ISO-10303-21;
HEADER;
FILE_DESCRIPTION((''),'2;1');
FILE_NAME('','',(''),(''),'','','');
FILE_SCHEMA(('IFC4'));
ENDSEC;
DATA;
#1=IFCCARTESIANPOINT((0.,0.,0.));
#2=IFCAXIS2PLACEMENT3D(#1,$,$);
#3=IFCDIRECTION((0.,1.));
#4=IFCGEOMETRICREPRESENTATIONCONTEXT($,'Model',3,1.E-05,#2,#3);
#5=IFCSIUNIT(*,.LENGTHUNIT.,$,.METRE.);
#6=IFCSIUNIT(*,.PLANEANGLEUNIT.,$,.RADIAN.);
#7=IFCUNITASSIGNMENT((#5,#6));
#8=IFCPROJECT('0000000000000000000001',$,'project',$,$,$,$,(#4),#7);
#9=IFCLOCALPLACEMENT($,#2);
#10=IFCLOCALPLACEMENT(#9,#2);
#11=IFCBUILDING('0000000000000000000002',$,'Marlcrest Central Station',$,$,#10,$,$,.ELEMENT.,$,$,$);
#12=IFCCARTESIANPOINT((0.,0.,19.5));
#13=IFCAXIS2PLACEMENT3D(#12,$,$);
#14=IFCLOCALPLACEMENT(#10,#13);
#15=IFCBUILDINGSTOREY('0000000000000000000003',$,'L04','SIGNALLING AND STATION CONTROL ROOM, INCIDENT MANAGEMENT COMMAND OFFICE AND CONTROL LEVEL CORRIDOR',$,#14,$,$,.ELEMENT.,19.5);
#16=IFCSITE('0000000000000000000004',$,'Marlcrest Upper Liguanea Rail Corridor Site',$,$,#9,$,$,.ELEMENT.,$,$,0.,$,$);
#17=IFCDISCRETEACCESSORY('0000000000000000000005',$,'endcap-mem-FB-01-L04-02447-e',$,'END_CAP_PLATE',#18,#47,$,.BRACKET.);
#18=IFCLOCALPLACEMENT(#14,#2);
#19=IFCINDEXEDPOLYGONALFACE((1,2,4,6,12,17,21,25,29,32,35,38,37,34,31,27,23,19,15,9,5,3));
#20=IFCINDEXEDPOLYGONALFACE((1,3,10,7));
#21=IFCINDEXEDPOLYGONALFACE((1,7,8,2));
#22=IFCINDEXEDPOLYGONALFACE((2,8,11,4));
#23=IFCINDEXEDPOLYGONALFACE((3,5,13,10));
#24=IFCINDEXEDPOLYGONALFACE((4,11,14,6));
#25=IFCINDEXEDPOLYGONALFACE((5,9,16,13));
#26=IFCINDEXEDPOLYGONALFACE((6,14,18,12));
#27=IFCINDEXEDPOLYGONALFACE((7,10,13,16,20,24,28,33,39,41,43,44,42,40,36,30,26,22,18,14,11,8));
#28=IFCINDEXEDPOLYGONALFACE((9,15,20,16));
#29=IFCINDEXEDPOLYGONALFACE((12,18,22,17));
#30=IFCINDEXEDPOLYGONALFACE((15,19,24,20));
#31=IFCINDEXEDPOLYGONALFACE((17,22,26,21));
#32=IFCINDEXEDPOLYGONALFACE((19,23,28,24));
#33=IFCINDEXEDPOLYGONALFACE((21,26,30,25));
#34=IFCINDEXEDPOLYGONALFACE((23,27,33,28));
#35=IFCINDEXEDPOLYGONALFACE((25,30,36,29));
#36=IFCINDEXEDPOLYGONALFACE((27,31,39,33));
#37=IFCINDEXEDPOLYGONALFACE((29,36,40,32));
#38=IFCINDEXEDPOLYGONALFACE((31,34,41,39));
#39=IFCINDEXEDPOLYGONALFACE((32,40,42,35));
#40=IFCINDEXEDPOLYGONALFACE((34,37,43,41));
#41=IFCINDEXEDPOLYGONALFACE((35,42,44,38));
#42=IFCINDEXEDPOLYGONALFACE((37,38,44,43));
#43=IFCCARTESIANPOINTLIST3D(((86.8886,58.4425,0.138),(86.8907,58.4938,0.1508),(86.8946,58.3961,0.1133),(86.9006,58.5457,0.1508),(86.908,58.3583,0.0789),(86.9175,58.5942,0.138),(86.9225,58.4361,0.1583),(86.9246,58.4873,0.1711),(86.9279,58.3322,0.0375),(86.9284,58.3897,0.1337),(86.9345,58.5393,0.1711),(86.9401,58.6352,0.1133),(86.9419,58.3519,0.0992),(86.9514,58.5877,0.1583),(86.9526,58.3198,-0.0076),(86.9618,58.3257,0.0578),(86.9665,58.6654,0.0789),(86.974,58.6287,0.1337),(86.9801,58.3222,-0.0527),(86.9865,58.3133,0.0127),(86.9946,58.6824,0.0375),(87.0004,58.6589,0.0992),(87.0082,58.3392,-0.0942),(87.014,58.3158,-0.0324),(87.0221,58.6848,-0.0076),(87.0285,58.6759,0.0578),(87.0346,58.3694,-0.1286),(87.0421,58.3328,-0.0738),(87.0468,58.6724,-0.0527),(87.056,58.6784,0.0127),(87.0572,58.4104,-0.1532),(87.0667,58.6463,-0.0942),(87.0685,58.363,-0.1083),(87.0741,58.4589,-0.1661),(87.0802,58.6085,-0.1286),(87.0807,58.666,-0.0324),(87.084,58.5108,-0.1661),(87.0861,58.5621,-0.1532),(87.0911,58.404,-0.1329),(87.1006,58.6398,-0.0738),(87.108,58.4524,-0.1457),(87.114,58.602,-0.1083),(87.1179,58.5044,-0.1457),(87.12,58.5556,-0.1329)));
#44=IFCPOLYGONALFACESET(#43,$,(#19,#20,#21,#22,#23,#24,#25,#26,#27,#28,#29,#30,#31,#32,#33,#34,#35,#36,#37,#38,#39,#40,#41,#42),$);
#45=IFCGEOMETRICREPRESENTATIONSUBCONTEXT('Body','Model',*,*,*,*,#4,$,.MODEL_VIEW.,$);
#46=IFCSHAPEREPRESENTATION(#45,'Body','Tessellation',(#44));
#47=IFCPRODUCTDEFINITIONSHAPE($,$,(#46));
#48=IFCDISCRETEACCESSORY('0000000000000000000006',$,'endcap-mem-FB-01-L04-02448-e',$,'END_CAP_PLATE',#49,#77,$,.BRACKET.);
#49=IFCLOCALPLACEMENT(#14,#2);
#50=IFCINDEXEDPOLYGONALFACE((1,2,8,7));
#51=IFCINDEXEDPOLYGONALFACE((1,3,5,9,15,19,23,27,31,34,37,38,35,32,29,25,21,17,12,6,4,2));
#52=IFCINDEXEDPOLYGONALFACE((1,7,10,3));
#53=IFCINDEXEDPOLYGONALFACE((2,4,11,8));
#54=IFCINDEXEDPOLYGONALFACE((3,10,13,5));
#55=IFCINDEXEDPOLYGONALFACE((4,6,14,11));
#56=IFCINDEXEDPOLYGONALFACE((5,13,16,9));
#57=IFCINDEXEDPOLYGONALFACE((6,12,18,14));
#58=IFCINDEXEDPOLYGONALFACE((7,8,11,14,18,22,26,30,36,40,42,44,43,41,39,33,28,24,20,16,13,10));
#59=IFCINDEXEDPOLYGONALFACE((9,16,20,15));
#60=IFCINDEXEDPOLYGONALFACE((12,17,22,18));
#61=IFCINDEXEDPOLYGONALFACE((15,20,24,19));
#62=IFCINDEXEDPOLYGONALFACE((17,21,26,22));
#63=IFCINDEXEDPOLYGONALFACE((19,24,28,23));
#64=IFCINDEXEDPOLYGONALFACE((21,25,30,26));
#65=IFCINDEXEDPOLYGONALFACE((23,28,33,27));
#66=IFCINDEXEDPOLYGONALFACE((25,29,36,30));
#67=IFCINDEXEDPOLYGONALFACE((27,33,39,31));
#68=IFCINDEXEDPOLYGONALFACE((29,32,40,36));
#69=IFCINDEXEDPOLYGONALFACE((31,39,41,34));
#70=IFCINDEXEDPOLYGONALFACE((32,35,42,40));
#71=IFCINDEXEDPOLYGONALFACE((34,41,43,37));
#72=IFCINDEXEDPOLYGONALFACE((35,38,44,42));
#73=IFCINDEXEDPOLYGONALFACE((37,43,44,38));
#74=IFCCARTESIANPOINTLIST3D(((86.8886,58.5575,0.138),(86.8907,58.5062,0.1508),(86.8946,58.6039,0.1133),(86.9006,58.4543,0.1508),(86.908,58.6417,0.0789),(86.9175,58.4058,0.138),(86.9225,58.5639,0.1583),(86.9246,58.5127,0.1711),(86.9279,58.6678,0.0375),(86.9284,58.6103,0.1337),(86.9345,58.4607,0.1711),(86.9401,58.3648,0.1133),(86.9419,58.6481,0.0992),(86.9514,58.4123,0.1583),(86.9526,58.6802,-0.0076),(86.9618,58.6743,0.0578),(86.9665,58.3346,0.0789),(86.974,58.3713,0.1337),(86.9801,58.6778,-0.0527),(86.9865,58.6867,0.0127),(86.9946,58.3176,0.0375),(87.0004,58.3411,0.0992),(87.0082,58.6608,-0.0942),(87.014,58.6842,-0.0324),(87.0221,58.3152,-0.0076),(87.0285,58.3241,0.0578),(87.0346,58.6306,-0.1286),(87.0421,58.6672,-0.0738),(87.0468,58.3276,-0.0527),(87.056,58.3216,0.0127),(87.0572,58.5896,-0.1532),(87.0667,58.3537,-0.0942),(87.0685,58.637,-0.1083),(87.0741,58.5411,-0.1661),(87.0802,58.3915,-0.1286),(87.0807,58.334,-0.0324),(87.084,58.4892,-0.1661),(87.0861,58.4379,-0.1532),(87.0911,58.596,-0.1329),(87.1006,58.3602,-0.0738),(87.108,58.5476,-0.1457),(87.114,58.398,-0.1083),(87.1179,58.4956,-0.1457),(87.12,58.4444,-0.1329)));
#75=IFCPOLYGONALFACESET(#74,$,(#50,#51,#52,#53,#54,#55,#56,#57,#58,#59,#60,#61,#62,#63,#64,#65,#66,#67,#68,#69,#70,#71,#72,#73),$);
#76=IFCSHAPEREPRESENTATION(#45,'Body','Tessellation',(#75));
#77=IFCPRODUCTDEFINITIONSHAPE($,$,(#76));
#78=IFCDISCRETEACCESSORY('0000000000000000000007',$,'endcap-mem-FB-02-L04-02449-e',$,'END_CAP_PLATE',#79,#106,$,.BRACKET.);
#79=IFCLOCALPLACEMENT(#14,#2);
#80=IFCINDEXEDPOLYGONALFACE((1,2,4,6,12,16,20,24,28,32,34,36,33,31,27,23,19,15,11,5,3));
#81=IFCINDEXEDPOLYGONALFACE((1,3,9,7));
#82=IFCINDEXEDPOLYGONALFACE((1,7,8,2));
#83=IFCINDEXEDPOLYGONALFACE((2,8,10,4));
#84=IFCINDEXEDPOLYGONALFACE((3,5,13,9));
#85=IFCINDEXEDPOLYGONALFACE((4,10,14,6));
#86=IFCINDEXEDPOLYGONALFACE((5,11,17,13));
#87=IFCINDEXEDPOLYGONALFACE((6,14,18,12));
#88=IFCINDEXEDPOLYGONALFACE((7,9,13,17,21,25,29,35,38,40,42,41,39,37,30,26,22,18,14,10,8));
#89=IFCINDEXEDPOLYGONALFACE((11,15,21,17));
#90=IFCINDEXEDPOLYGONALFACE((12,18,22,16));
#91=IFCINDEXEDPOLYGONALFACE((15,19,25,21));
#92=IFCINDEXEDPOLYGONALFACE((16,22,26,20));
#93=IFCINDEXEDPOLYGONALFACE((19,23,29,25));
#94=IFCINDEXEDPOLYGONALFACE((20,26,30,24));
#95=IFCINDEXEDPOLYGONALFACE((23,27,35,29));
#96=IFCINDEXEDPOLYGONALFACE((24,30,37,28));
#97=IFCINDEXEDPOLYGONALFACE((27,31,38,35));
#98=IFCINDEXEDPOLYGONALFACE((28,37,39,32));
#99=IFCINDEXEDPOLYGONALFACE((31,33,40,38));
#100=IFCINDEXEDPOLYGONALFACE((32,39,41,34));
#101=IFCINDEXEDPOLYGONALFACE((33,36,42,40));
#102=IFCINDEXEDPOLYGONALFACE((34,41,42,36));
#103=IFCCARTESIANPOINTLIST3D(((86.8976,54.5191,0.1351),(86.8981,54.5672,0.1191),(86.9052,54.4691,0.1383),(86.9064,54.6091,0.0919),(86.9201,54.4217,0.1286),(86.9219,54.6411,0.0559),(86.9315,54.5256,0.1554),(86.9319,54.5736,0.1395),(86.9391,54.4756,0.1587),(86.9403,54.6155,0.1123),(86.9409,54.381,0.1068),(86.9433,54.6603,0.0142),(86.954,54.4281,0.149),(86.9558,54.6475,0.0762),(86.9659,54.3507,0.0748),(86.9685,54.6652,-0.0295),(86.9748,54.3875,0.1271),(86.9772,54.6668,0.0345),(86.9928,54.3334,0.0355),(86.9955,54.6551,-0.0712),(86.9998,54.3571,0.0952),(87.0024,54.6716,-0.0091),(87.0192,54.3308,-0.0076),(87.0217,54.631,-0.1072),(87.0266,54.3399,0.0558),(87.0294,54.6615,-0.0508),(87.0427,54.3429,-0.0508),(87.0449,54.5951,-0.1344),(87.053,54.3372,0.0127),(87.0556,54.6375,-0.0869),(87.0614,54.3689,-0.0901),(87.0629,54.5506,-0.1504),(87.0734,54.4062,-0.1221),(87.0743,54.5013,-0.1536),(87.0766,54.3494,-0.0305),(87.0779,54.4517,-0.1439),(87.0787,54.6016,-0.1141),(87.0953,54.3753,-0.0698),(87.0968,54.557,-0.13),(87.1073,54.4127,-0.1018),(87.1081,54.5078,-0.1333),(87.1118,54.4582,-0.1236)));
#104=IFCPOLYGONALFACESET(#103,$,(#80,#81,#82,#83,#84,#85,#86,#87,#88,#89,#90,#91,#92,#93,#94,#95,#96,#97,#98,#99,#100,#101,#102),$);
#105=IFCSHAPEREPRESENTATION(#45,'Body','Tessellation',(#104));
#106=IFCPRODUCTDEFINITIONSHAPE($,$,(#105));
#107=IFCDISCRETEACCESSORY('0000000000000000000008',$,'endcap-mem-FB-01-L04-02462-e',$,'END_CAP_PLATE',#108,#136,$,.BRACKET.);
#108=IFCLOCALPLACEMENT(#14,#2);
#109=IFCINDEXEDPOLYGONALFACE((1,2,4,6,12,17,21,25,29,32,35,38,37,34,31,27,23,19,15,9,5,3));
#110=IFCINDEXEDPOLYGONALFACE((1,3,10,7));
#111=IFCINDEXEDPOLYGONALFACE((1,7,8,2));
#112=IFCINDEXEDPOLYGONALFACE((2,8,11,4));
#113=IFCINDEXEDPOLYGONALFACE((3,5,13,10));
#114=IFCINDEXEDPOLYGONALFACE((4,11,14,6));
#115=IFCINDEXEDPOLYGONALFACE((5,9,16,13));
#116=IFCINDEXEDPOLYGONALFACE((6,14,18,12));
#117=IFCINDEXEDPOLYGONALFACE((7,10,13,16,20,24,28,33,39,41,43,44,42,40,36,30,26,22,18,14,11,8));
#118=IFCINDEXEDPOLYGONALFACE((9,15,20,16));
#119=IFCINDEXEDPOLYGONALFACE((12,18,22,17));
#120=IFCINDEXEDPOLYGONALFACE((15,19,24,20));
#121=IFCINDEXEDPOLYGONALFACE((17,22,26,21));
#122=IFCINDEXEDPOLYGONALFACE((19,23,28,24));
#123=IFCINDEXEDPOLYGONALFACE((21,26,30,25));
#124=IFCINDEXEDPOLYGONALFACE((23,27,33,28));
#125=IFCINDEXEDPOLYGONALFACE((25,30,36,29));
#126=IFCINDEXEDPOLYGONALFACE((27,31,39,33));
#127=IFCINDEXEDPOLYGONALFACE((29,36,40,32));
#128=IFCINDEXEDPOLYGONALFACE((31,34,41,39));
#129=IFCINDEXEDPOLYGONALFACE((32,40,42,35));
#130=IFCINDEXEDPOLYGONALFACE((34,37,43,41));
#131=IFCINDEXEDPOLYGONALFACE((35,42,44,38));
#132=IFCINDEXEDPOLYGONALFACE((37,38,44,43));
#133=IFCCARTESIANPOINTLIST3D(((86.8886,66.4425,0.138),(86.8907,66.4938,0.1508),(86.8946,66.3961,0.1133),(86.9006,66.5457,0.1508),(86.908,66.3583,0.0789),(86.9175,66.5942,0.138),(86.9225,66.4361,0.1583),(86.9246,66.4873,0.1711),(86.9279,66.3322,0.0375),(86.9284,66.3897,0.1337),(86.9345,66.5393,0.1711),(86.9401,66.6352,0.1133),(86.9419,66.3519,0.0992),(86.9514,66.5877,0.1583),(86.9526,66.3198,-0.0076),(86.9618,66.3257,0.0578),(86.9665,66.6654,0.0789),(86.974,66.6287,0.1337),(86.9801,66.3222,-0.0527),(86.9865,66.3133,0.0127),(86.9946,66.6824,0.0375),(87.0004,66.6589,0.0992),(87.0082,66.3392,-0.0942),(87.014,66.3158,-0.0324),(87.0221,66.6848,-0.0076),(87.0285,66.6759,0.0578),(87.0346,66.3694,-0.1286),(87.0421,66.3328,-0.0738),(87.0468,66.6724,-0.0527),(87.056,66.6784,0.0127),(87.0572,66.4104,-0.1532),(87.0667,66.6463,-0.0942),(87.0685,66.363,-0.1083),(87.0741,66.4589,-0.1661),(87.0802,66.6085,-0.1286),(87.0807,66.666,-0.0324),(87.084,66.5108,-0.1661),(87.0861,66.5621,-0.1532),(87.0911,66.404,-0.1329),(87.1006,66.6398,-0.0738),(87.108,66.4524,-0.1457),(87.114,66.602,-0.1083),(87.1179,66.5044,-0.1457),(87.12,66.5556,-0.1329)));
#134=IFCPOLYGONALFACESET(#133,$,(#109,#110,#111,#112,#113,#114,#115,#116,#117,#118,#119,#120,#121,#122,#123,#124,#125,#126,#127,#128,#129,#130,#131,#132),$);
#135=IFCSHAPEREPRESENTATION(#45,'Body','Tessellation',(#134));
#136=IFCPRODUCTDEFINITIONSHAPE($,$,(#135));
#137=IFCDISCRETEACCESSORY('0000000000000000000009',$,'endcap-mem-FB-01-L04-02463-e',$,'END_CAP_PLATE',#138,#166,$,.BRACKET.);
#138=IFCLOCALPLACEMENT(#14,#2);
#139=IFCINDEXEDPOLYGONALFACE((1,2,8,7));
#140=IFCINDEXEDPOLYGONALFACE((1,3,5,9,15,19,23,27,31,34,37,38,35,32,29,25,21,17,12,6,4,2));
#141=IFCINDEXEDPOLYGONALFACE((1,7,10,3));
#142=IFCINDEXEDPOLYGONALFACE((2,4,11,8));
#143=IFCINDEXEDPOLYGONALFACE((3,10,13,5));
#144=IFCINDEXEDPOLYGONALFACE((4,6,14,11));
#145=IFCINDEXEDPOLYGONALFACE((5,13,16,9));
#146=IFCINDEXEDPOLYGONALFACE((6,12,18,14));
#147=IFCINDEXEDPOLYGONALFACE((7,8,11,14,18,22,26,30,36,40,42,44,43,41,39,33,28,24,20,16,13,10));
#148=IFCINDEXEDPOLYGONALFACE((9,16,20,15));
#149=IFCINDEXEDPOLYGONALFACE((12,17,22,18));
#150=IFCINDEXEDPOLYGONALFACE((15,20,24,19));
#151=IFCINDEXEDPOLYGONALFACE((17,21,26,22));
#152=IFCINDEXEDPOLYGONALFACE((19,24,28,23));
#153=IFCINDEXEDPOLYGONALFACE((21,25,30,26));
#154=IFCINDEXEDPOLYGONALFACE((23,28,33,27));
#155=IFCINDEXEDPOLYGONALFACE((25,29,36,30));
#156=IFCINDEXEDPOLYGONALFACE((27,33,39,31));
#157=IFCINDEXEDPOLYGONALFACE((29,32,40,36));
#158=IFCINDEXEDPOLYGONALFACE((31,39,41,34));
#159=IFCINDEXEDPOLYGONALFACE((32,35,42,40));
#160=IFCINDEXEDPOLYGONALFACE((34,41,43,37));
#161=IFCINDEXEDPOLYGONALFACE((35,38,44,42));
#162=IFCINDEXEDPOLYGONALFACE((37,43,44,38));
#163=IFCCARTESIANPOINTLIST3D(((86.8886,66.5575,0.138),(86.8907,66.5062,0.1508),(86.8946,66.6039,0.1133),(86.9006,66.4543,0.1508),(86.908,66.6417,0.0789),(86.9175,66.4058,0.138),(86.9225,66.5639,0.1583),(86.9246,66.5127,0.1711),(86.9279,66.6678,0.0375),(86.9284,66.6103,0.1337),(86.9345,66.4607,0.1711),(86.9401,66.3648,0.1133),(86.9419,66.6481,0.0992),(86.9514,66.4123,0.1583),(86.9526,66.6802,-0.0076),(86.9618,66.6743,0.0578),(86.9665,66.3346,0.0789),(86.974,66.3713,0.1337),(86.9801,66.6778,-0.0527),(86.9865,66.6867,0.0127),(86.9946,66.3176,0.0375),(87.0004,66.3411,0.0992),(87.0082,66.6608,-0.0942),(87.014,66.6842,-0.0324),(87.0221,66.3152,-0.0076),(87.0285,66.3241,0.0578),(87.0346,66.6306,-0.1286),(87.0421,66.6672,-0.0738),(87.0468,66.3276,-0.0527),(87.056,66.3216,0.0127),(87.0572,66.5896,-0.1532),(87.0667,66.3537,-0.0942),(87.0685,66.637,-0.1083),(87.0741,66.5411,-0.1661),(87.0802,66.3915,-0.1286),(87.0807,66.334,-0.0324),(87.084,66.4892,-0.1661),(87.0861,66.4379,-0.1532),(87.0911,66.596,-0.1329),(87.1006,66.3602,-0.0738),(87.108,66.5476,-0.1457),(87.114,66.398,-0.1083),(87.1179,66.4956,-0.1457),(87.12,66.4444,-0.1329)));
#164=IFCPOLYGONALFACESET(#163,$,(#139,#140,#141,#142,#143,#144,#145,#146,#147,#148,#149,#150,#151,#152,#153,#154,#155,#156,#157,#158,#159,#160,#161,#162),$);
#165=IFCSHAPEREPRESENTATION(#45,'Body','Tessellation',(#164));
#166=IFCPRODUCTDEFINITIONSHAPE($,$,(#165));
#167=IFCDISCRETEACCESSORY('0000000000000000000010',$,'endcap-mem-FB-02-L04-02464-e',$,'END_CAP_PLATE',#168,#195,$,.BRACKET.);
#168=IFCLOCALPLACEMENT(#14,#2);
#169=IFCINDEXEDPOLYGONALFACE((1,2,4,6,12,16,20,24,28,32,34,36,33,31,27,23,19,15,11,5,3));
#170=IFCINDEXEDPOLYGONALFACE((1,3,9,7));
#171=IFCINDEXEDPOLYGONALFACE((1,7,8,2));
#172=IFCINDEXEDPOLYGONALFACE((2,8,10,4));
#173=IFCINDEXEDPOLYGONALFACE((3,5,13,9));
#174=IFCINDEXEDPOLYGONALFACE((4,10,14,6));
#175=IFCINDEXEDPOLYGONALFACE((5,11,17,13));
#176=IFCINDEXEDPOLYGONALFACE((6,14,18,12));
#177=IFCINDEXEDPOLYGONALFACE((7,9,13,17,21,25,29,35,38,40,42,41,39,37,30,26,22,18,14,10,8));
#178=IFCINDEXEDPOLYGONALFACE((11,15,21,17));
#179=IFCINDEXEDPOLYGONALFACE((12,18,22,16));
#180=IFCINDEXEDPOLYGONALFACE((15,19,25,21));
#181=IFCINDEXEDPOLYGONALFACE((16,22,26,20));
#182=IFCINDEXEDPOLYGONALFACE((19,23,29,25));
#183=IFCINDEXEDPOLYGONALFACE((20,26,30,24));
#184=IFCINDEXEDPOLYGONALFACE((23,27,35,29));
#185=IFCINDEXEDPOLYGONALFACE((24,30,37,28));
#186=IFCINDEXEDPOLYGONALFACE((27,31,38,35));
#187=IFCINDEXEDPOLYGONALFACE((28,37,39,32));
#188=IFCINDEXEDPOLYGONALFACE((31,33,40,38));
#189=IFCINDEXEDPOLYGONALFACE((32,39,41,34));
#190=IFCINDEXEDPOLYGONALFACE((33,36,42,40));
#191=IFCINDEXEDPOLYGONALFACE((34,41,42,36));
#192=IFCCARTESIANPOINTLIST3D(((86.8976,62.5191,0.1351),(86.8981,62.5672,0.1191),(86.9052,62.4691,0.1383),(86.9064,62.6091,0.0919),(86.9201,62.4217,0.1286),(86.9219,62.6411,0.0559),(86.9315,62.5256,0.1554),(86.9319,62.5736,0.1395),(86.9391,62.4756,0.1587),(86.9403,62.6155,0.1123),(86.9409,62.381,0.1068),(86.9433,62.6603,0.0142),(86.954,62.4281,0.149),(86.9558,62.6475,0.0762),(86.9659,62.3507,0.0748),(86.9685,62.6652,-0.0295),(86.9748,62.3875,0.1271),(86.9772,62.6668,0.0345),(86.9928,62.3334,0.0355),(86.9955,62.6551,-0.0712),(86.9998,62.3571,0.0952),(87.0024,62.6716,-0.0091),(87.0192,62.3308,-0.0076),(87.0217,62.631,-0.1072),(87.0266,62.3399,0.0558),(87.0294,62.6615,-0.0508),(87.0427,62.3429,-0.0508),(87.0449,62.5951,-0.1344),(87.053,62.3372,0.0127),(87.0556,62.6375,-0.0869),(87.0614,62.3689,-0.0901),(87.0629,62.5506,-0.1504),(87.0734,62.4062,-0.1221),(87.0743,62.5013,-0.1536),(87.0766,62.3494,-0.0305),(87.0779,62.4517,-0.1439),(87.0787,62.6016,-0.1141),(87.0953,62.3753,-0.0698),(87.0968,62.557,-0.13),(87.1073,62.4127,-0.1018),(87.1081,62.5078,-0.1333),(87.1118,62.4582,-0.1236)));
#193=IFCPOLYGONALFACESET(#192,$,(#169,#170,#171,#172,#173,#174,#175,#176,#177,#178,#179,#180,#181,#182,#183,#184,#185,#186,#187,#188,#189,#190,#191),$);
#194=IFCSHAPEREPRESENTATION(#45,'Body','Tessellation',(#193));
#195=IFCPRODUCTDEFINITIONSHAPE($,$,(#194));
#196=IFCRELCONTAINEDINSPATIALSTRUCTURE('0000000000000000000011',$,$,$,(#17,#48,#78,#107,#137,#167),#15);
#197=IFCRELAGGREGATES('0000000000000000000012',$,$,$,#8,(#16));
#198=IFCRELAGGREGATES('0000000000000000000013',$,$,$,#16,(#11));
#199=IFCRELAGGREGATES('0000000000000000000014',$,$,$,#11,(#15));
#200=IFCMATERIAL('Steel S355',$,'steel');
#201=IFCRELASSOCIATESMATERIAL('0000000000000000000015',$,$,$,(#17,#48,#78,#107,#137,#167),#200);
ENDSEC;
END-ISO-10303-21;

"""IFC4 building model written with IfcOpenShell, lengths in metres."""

from ifc_helpers import new_model, si_unit, direction, frame, origin, origin_2d, place, context, subcontext, project, spatial, circle, extrude, material, element, save


model = new_model("IFC4")

# Units and contexts
model_context = context("Model", 3, precision=1e-05, world=origin(), true_north=direction((0.0, 1.0)))
body_context = subcontext(model_context, "Body", "Model", "MODEL_VIEW")
ifc_project = project(units=[si_unit("LENGTHUNIT", "METRE"), si_unit("PLANEANGLEUNIT", "RADIAN")], contexts=[model_context])

# Site, building, storey
site_placement = place(None, origin())
site = spatial("IfcSite", under=ifc_project, at=site_placement, Name="Marlcrest Upper Liguanea Rail Corridor Site", CompositionType="ELEMENT", RefElevation=0.0)
building_placement = place(site_placement, origin())
building = spatial("IfcBuilding", under=site, at=building_placement, Name="Marlcrest Central Station", CompositionType="ELEMENT")
storey_placement = place(building_placement, frame((0.0, 0.0, 19.5)))
storey = spatial("IfcBuildingStorey", under=building, at=storey_placement, Name="L04", Description="SIGNALLING AND STATION CONTROL ROOM, INCIDENT MANAGEMENT COMMAND OFFICE AND CONTROL LEVEL CORRIDOR", CompositionType="ELEMENT", Elevation=19.5)

# Shared definitions
ifc_material_1 = material(Name="Steel S355", Category="steel")

# Discrete accessories
for number, where, z_axis, x_axis, name in (
    (1, (87.0212, 58.4958, 0.0127), (-0.846277, 0.161196, -0.50777), (-0.187112, -0.982339, 0.0), "endcap-mem-FB-01-L04-02447-e"),
    (2, (87.0212, 58.5042, 0.0127), (-0.846277, -0.161196, -0.50777), (0.187112, -0.982339, 0.0), "endcap-mem-FB-01-L04-02448-e"),
):
    element("IfcDiscreteAccessory", number, at=place(storey_placement, frame(where, z_axis=z_axis, x_axis=x_axis)), inside=storey, material=ifc_material_1, Name=name, ObjectType="END_CAP_PLATE", PredefinedType="BRACKET", context=body_context, shape_type="SweptSolid", body=[
        extrude(circle(Radius=0.1858, at=origin_2d()), origin(), (0.0, 0.0, 1.0), 0.04),
    ])
discrete_accessory_1_placement = place(storey_placement, frame((87.0212, 54.5042, 0.0127), z_axis=(-0.846277, -0.161196, -0.50777), x_axis=(0.187112, -0.982339, 0.0)))
element("IfcDiscreteAccessory", 3, at=discrete_accessory_1_placement, inside=storey, material=ifc_material_1, Name="endcap-mem-FB-02-L04-02449-e", ObjectType="END_CAP_PLATE", PredefinedType="BRACKET", context=body_context, shape_type="SweptSolid", body=[
    extrude(circle(Radius=0.1699, at=origin_2d()), origin(), (0.0, 0.0, 1.0), 0.04),
])
for number, where, z_axis, x_axis, name in (
    (4, (87.0212, 66.4958, 0.0127), (-0.846277, 0.161196, -0.50777), (-0.187112, -0.982339, 0.0), "endcap-mem-FB-01-L04-02462-e"),
    (5, (87.0212, 66.5042, 0.0127), (-0.846277, -0.161196, -0.50777), (0.187112, -0.982339, 0.0), "endcap-mem-FB-01-L04-02463-e"),
):
    element("IfcDiscreteAccessory", number, at=place(storey_placement, frame(where, z_axis=z_axis, x_axis=x_axis)), inside=storey, material=ifc_material_1, Name=name, ObjectType="END_CAP_PLATE", PredefinedType="BRACKET", context=body_context, shape_type="SweptSolid", body=[
        extrude(circle(Radius=0.1858, at=origin_2d()), origin(), (0.0, 0.0, 1.0), 0.04),
    ])
discrete_accessory_2_placement = place(storey_placement, frame((87.0212, 62.5042, 0.0127), z_axis=(-0.846277, -0.161196, -0.50777), x_axis=(0.187112, -0.982339, 0.0)))
element("IfcDiscreteAccessory", 6, at=discrete_accessory_2_placement, inside=storey, material=ifc_material_1, Name="endcap-mem-FB-02-L04-02464-e", ObjectType="END_CAP_PLATE", PredefinedType="BRACKET", context=body_context, shape_type="SweptSolid", body=[
    extrude(circle(Radius=0.1699, at=origin_2d()), origin(), (0.0, 0.0, 1.0), 0.04),
])

save(model, "model.ifc")
